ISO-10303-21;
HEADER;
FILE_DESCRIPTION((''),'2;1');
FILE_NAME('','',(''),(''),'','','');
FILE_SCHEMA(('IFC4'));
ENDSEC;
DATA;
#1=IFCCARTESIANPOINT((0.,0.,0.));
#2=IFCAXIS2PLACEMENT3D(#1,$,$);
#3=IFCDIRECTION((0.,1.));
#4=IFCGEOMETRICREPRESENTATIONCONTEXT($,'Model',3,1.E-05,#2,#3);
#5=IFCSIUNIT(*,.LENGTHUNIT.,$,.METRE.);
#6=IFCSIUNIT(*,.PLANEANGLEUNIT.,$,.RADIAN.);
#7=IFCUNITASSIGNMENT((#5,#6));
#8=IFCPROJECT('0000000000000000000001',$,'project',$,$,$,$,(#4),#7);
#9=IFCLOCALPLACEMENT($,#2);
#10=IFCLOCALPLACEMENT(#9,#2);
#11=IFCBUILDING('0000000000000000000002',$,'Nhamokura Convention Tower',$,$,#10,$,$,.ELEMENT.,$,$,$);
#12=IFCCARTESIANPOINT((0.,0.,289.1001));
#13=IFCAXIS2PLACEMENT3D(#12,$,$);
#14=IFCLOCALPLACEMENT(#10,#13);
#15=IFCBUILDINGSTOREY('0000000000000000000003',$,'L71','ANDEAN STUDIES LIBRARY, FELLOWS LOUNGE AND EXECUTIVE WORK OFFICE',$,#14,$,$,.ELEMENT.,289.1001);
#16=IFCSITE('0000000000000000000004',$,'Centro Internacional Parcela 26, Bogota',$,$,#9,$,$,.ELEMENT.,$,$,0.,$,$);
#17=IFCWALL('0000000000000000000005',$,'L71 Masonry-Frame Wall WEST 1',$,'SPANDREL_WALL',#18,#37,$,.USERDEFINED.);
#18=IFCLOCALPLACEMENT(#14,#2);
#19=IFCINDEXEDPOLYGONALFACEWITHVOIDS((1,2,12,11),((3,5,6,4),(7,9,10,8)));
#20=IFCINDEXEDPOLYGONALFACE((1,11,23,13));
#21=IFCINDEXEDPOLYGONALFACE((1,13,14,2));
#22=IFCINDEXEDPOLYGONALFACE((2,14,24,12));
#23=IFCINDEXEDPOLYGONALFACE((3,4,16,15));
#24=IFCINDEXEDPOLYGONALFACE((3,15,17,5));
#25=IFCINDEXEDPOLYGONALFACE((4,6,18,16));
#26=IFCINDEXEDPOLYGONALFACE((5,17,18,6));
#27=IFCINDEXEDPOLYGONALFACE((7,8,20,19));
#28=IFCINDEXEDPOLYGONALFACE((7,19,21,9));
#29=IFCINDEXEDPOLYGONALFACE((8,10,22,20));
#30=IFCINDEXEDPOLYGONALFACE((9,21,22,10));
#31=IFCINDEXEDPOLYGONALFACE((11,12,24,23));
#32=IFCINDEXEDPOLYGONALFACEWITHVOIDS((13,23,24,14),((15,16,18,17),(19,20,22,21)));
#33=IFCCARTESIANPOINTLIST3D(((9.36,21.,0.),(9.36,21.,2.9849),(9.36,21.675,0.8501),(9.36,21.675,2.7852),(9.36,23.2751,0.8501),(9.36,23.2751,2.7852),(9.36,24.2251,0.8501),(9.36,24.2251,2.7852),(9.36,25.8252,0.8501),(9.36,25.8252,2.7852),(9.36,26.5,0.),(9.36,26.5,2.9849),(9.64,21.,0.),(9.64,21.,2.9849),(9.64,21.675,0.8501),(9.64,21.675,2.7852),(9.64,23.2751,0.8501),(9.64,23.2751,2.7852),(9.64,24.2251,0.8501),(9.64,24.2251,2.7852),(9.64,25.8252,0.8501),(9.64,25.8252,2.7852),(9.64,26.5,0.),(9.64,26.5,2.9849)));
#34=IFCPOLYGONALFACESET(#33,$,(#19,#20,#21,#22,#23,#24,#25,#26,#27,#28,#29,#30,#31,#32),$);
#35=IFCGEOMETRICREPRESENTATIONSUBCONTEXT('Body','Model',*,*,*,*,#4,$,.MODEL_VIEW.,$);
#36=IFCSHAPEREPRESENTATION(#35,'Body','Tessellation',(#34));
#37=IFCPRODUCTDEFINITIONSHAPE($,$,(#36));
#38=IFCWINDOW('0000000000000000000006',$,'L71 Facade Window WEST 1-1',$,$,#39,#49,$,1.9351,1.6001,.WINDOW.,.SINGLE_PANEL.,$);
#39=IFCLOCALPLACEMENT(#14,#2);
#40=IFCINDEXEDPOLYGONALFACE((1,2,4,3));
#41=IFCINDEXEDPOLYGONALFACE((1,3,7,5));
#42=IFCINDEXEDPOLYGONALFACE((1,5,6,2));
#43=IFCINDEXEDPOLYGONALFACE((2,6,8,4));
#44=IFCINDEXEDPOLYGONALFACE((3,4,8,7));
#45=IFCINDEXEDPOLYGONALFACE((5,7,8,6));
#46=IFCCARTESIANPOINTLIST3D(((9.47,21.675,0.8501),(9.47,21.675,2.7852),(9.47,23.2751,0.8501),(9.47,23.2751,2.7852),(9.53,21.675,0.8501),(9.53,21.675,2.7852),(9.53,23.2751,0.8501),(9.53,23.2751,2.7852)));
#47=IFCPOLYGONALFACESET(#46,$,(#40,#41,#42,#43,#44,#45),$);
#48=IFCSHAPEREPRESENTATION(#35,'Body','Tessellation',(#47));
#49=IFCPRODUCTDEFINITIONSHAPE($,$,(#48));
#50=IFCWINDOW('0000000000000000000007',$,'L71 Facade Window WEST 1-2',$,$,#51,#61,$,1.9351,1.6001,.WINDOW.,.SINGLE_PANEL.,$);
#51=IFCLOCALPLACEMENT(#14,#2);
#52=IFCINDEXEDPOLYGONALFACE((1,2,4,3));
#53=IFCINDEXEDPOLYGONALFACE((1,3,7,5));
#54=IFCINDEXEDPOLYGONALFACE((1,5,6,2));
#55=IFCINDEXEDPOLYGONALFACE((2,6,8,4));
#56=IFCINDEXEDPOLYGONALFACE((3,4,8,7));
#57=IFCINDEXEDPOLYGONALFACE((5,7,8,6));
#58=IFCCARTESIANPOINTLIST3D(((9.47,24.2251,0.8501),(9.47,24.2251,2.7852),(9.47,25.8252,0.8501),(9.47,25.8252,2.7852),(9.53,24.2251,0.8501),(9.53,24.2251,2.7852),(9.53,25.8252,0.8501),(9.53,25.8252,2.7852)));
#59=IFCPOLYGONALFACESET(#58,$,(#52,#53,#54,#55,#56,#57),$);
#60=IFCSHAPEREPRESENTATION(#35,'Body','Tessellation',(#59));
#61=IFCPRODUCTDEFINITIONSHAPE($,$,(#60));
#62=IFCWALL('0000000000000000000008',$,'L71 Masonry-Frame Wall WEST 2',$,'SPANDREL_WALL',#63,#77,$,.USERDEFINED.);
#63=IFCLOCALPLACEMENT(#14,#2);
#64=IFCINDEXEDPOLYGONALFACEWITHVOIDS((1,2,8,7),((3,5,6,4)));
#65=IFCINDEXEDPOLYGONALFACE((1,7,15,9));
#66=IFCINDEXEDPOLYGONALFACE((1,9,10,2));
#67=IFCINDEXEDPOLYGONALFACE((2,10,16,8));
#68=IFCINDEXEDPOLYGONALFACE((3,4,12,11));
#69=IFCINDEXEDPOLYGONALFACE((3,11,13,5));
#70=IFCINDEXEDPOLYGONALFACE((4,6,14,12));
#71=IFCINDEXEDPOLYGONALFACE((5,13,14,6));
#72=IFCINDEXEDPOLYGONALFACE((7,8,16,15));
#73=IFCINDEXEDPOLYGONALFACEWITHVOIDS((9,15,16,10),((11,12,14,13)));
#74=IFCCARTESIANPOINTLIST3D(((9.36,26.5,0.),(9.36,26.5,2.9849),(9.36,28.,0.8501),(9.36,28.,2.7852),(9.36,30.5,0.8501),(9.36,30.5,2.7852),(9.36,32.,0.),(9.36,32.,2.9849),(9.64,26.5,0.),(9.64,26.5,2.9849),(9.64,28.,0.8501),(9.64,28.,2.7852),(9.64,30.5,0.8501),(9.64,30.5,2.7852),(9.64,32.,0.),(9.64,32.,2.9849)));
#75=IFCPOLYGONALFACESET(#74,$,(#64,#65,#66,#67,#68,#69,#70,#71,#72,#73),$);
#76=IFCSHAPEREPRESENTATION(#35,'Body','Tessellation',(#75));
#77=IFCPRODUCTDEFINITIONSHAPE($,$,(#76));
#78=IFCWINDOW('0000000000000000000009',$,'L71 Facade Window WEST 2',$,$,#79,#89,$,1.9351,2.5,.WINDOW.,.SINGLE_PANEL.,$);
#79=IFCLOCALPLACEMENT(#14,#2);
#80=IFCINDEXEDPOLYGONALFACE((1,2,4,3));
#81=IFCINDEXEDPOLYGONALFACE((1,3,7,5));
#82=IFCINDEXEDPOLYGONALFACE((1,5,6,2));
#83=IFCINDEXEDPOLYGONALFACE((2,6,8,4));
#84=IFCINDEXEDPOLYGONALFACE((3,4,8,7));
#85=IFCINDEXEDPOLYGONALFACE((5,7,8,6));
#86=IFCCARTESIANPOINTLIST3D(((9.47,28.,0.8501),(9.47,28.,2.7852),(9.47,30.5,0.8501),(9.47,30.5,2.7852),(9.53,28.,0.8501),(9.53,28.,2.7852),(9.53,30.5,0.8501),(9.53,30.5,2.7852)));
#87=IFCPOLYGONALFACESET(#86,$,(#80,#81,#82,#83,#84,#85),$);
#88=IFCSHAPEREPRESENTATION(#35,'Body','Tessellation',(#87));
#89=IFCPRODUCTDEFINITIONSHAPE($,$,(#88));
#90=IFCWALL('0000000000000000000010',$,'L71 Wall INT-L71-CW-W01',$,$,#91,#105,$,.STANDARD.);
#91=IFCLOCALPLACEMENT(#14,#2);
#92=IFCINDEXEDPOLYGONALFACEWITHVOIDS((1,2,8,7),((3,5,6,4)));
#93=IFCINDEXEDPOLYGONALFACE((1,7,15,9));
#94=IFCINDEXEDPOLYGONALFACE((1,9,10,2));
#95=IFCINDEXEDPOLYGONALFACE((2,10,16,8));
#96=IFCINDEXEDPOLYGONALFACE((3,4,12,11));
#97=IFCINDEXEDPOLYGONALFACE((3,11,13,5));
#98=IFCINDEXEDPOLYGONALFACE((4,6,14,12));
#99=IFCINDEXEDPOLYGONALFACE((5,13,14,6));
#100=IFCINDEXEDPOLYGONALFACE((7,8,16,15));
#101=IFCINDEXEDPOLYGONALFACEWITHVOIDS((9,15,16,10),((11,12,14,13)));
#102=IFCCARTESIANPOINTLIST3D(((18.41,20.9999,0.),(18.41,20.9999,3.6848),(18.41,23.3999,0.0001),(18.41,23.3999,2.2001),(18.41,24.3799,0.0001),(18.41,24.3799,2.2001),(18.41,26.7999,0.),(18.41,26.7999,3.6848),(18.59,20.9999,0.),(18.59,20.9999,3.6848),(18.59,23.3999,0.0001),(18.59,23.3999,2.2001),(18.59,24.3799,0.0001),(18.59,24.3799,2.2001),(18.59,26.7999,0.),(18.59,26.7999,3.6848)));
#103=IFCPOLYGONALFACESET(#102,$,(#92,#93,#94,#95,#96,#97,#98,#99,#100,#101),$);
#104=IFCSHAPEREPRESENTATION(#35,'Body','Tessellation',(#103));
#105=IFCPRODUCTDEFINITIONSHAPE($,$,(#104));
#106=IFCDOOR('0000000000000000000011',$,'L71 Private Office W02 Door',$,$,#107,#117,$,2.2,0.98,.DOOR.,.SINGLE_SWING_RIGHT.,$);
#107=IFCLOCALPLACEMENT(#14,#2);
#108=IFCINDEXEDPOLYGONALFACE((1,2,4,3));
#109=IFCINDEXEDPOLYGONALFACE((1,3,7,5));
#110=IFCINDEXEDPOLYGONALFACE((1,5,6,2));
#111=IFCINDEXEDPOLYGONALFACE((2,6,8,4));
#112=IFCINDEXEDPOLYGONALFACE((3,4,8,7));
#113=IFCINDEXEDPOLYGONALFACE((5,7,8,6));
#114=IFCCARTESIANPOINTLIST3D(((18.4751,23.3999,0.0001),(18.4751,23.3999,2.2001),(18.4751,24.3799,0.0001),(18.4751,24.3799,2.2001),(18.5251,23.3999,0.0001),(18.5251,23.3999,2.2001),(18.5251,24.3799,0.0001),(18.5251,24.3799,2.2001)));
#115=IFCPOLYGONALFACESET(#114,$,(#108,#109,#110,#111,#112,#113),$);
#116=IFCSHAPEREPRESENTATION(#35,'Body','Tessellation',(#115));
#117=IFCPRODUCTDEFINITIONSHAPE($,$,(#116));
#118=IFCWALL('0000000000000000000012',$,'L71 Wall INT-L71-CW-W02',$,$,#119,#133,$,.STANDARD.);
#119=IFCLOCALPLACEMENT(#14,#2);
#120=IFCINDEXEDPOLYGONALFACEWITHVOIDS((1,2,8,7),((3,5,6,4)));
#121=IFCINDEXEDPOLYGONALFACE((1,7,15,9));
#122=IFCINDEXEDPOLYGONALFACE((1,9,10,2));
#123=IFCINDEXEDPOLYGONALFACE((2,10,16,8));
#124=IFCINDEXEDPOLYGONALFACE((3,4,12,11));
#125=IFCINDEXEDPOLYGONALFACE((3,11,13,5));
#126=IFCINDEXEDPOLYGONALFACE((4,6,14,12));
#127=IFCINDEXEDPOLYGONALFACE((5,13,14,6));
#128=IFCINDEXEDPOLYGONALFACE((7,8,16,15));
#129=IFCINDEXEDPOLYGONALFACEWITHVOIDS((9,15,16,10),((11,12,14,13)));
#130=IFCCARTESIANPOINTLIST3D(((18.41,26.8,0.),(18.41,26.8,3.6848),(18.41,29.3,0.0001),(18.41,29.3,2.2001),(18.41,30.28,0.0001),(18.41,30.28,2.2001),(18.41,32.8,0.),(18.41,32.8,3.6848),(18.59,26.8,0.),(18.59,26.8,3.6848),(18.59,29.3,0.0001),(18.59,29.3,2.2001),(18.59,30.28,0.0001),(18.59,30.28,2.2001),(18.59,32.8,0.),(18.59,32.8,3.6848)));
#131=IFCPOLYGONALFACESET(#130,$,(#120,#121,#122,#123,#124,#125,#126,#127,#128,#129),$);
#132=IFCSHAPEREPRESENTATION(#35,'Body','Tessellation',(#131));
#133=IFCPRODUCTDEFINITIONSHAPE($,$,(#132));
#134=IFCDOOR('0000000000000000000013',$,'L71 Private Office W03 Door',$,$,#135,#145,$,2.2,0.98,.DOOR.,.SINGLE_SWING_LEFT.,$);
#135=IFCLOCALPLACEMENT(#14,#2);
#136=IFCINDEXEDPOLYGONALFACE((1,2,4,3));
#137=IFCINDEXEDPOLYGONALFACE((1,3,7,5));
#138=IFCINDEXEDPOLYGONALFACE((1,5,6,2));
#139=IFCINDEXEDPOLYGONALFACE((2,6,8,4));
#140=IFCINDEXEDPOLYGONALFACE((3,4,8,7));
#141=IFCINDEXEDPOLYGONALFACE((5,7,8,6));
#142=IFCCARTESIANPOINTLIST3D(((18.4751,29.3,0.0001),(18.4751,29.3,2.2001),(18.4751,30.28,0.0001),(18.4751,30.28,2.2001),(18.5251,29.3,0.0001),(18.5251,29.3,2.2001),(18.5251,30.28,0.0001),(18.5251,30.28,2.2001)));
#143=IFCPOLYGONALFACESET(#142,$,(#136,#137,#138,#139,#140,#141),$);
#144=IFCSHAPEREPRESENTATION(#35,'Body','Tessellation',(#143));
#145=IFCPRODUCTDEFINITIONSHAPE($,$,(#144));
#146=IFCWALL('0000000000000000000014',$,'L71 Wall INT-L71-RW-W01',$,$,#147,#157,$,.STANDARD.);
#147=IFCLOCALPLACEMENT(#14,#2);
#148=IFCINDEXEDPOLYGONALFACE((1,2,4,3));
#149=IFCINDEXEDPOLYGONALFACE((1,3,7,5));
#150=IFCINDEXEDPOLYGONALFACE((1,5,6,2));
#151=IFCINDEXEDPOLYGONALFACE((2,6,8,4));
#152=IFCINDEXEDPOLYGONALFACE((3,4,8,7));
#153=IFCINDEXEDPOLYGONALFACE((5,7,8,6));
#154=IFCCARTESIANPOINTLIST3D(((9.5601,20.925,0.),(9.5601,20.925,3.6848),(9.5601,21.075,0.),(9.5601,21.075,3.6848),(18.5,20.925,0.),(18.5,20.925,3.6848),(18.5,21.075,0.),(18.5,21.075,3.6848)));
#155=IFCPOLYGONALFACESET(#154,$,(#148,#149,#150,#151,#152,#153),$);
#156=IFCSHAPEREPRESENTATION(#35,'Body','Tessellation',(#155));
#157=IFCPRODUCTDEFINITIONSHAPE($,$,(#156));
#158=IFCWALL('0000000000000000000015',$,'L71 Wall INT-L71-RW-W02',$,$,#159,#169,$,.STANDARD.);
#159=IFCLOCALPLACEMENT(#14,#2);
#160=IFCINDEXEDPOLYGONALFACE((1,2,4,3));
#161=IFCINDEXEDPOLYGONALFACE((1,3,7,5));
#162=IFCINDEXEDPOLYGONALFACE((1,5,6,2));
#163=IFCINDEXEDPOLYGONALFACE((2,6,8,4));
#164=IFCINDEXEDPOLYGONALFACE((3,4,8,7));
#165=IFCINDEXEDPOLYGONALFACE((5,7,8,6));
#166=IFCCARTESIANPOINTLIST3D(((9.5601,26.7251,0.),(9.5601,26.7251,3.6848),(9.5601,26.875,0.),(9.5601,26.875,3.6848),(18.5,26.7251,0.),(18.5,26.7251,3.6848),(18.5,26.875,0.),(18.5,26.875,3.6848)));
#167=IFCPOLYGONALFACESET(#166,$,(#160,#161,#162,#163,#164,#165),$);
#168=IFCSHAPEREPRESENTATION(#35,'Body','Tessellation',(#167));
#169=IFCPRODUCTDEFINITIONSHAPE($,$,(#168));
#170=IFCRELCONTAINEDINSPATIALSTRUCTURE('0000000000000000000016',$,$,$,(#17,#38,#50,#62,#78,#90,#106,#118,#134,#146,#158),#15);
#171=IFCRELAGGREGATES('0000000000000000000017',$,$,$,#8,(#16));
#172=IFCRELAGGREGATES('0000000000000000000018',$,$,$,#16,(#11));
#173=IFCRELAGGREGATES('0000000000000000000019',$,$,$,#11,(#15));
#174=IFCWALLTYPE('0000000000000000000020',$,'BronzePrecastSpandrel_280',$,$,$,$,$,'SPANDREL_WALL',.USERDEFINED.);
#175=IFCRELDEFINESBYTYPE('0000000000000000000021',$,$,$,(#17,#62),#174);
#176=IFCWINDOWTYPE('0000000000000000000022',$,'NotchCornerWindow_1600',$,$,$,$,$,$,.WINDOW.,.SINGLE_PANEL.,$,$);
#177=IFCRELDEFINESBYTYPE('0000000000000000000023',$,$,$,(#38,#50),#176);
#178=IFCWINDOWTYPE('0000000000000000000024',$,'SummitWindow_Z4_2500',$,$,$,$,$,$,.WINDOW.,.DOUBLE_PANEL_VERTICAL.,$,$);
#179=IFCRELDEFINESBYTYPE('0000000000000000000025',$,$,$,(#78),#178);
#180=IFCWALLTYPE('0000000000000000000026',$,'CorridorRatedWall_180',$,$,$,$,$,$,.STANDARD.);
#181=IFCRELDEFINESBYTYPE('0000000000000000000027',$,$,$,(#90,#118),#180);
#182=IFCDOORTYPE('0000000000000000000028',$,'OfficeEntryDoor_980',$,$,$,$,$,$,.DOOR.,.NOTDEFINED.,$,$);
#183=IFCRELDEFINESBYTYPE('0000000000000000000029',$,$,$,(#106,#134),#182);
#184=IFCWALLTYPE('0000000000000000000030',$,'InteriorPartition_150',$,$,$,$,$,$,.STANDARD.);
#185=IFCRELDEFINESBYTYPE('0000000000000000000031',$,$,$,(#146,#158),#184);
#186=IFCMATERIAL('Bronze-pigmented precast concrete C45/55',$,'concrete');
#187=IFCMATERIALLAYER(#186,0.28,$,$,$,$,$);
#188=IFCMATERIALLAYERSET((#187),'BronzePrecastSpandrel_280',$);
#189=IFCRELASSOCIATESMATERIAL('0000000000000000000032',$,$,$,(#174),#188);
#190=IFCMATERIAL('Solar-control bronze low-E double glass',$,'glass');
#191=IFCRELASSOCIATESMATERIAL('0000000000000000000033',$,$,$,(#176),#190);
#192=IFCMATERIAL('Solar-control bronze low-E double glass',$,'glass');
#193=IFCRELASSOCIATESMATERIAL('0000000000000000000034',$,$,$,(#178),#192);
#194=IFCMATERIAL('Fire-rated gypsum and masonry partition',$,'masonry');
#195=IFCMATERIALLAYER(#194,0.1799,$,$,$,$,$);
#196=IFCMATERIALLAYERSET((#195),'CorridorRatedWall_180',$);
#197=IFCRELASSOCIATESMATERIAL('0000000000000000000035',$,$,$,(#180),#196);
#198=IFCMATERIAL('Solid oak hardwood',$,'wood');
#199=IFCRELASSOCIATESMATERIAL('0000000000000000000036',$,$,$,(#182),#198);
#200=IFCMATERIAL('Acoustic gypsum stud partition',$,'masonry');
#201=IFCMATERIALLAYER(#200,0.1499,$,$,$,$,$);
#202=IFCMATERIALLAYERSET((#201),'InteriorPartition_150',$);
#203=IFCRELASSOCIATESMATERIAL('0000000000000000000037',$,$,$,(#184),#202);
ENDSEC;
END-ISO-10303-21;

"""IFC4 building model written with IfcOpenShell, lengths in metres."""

from ifc_helpers import new_model, si_unit, direction, frame, frame_2d, origin, place, context, subcontext, project, spatial, rectangle, extrude, material, layer, layer_set, type_object, element, fill, save


model = new_model("IFC4")

# Units and contexts
model_context = context("Model", 3, precision=1e-05, world=origin(), true_north=direction((0.0, 1.0)))
body_context = subcontext(model_context, "Body", "Model", "MODEL_VIEW")
ifc_project = project(units=[si_unit("LENGTHUNIT", "METRE"), si_unit("PLANEANGLEUNIT", "RADIAN")], contexts=[model_context])

# Site, building, storey
site_placement = place(None, origin())
site = spatial("IfcSite", under=ifc_project, at=site_placement, Name="Centro Internacional Parcela 26, Bogota", CompositionType="ELEMENT", RefElevation=0.0)
building_placement = place(site_placement, origin())
building = spatial("IfcBuilding", under=site, at=building_placement, Name="Nhamokura Convention Tower", CompositionType="ELEMENT")
storey_placement = place(building_placement, frame((0.0, 0.0, 289.1001)))
storey = spatial("IfcBuildingStorey", under=building, at=storey_placement, Name="L71", Description="ANDEAN STUDIES LIBRARY, FELLOWS LOUNGE AND EXECUTIVE WORK OFFICE", CompositionType="ELEMENT", Elevation=289.1001)

# Wall, openings, windows
ifc_material_1 = material(Name="Bronze-pigmented precast concrete C45/55", Category="concrete")
ifc_layer_1 = layer(ifc_material_1, 0.28)
ifc_layer_set_1 = layer_set([ifc_layer_1], Name="BronzePrecastSpandrel_280")
wall_type_1 = type_object("IfcWallType", Name="BronzePrecastSpandrel_280", ElementType="SPANDREL_WALL", PredefinedType="USERDEFINED", material=ifc_layer_set_1)
wall_1_placement = place(storey_placement, frame((9.5, 21.0, 0.0), z_axis=(0.0, 0.0, 1.0), x_axis=(0.0, 1.0, 0.0)))
wall_1 = element("IfcWall", 1, at=wall_1_placement, inside=storey, type_object=wall_type_1, Name="L71 Masonry-Frame Wall WEST 1", ObjectType="SPANDREL_WALL", PredefinedType="USERDEFINED", context=body_context, shape_type="SweptSolid", body=[
    extrude(rectangle(XDim=5.5, YDim=0.28, at=frame_2d((2.75, 0.0))), origin(), (0.0, 0.0, 1.0), 2.9849),
])
opening_1_placement = place(wall_1_placement, frame((0.675, 0.0, 0.8501)))
opening_1 = element("IfcOpeningElement", 2, at=opening_1_placement, cuts=wall_1, PredefinedType="OPENING", context=body_context, shape_type="SweptSolid", body=[
    extrude(rectangle(XDim=1.6001, YDim=1.9351, at=frame_2d((0.8, 0.9675))), frame((0.0, 0.1499, 0.0), z_axis=(0.0, -1.0, 0.0), x_axis=(1.0, 0.0, 0.0)), (0.0, 0.0, 1.0), 0.3),
])
opening_2_placement = place(wall_1_placement, frame((3.2251, 0.0, 0.8501)))
opening_2 = element("IfcOpeningElement", 3, at=opening_2_placement, cuts=wall_1, PredefinedType="OPENING", context=body_context, shape_type="SweptSolid", body=[
    extrude(rectangle(XDim=1.6001, YDim=1.9351, at=frame_2d((0.8, 0.9675))), frame((0.0, 0.1499, 0.0), z_axis=(0.0, -1.0, 0.0), x_axis=(1.0, 0.0, 0.0)), (0.0, 0.0, 1.0), 0.3),
])
ifc_material_2 = material(Name="Solar-control bronze low-E double glass", Category="glass")
window_type_1 = type_object("IfcWindowType", Name="NotchCornerWindow_1600", PartitioningType="SINGLE_PANEL", PredefinedType="WINDOW", material=ifc_material_2)
window_1_placement = place(opening_1_placement, origin())
window_1 = element("IfcWindow", 4, at=window_1_placement, inside=storey, type_object=window_type_1, Name="L71 Facade Window WEST 1-1", OverallHeight=1.9351, OverallWidth=1.6001, PartitioningType="SINGLE_PANEL", PredefinedType="WINDOW", context=body_context, shape_type="SweptSolid", body=[
    extrude(rectangle(XDim=1.6001, YDim=1.9351, at=frame_2d((0.8, 0.9675))), frame((0.0, 0.03, 0.0), z_axis=(0.0, -1.0, 0.0), x_axis=(1.0, 0.0, 0.0)), (0.0, 0.0, 1.0), 0.0601),
])
fill(opening_1, window_1)
window_2_placement = place(opening_2_placement, origin())
window_2 = element("IfcWindow", 5, at=window_2_placement, inside=storey, type_object=window_type_1, Name="L71 Facade Window WEST 1-2", OverallHeight=1.9351, OverallWidth=1.6001, PartitioningType="SINGLE_PANEL", PredefinedType="WINDOW", context=body_context, shape_type="SweptSolid", body=[
    extrude(rectangle(XDim=1.6001, YDim=1.9351, at=frame_2d((0.8, 0.9675))), frame((0.0, 0.03, 0.0), z_axis=(0.0, -1.0, 0.0), x_axis=(1.0, 0.0, 0.0)), (0.0, 0.0, 1.0), 0.0601),
])
fill(opening_2, window_2)

# Wall, opening, window
wall_2_placement = place(storey_placement, frame((9.5, 26.5, 0.0), z_axis=(0.0, 0.0, 1.0), x_axis=(0.0, 1.0, 0.0)))
wall_2 = element("IfcWall", 6, at=wall_2_placement, inside=storey, type_object=wall_type_1, Name="L71 Masonry-Frame Wall WEST 2", ObjectType="SPANDREL_WALL", PredefinedType="USERDEFINED", context=body_context, shape_type="SweptSolid", body=[
    extrude(rectangle(XDim=5.5, YDim=0.28, at=frame_2d((2.75, 0.0))), origin(), (0.0, 0.0, 1.0), 2.9849),
])
opening_3_placement = place(wall_2_placement, frame((1.5, 0.0, 0.8501)))
opening_3 = element("IfcOpeningElement", 7, at=opening_3_placement, cuts=wall_2, PredefinedType="OPENING", context=body_context, shape_type="SweptSolid", body=[
    extrude(rectangle(XDim=2.5, YDim=1.9351, at=frame_2d((1.25, 0.9675))), frame((0.0, 0.1499, 0.0), z_axis=(0.0, -1.0, 0.0), x_axis=(1.0, 0.0, 0.0)), (0.0, 0.0, 1.0), 0.3),
])
ifc_material_3 = material(Name="Solar-control bronze low-E double glass", Category="glass")
window_type_2 = type_object("IfcWindowType", Name="SummitWindow_Z4_2500", PartitioningType="DOUBLE_PANEL_VERTICAL", PredefinedType="WINDOW", material=ifc_material_3)
window_3_placement = place(opening_3_placement, origin())
window_3 = element("IfcWindow", 8, at=window_3_placement, inside=storey, type_object=window_type_2, Name="L71 Facade Window WEST 2", OverallHeight=1.9351, OverallWidth=2.5, PartitioningType="SINGLE_PANEL", PredefinedType="WINDOW", context=body_context, shape_type="SweptSolid", body=[
    extrude(rectangle(XDim=2.5, YDim=1.9351, at=frame_2d((1.25, 0.9675))), frame((0.0, 0.03, 0.0), z_axis=(0.0, -1.0, 0.0), x_axis=(1.0, 0.0, 0.0)), (0.0, 0.0, 1.0), 0.0601),
])
fill(opening_3, window_3)

# Walls, openings, doors
ifc_material_4 = material(Name="Fire-rated gypsum and masonry partition", Category="masonry")
ifc_layer_2 = layer(ifc_material_4, 0.1799)
ifc_layer_set_2 = layer_set([ifc_layer_2], Name="CorridorRatedWall_180")
wall_type_2 = type_object("IfcWallType", Name="CorridorRatedWall_180", PredefinedType="STANDARD", material=ifc_layer_set_2)
wall_3_placement = place(storey_placement, frame((18.5, 21.0, 0.0), z_axis=(0.0, 0.0, 1.0), x_axis=(0.0, 1.0, 0.0)))
wall_3 = element("IfcWall", 9, at=wall_3_placement, inside=storey, type_object=wall_type_2, Name="L71 Wall INT-L71-CW-W01", PredefinedType="STANDARD", context=body_context, shape_type="SweptSolid", body=[
    extrude(rectangle(XDim=5.8, YDim=0.1799, at=frame_2d((2.8999, 0.0))), origin(), (0.0, 0.0, 1.0), 3.6848),
])
opening_4_placement = place(wall_3_placement, frame((2.3999, 0.0, 0.0)))
opening_4 = element("IfcOpeningElement", 10, at=opening_4_placement, cuts=wall_3, PredefinedType="OPENING", context=body_context, shape_type="SweptSolid", body=[
    extrude(rectangle(XDim=0.98, YDim=2.2, at=frame_2d((0.49, 1.1001))), frame((0.0, 0.0999, 0.0), z_axis=(0.0, -1.0, 0.0), x_axis=(1.0, 0.0, 0.0)), (0.0, 0.0, 1.0), 0.2),
])
ifc_material_5 = material(Name="Solid oak hardwood", Category="wood")
door_type = type_object("IfcDoorType", Name="OfficeEntryDoor_980", OperationType="NOTDEFINED", PredefinedType="DOOR", material=ifc_material_5)
door_1_placement = place(opening_4_placement, origin())
door_1 = element("IfcDoor", 11, at=door_1_placement, inside=storey, type_object=door_type, Name="L71 Private Office W02 Door", OperationType="SINGLE_SWING_RIGHT", OverallHeight=2.2, OverallWidth=0.98, PredefinedType="DOOR", context=body_context, shape_type="SweptSolid", body=[
    extrude(rectangle(XDim=0.98, YDim=2.2, at=frame_2d((0.49, 1.1001))), frame((0.0, 0.0249, 0.0), z_axis=(0.0, -1.0, 0.0), x_axis=(1.0, 0.0, 0.0)), (0.0, 0.0, 1.0), 0.05),
])
fill(opening_4, door_1)
wall_4_placement = place(storey_placement, frame((18.5, 26.8, 0.0), z_axis=(0.0, 0.0, 1.0), x_axis=(0.0, 1.0, 0.0)))
wall_4 = element("IfcWall", 12, at=wall_4_placement, inside=storey, type_object=wall_type_2, Name="L71 Wall INT-L71-CW-W02", PredefinedType="STANDARD", context=body_context, shape_type="SweptSolid", body=[
    extrude(rectangle(XDim=6.0, YDim=0.1799, at=frame_2d((3.0, 0.0))), origin(), (0.0, 0.0, 1.0), 3.6848),
])
opening_5_placement = place(wall_4_placement, frame((2.5, 0.0, 0.0)))
opening_5 = element("IfcOpeningElement", 13, at=opening_5_placement, cuts=wall_4, PredefinedType="OPENING", context=body_context, shape_type="SweptSolid", body=[
    extrude(rectangle(XDim=0.98, YDim=2.2, at=frame_2d((0.49, 1.1001))), frame((0.0, 0.0999, 0.0), z_axis=(0.0, -1.0, 0.0), x_axis=(1.0, 0.0, 0.0)), (0.0, 0.0, 1.0), 0.2),
])
door_2_placement = place(opening_5_placement, origin())
door_2 = element("IfcDoor", 14, at=door_2_placement, inside=storey, type_object=door_type, Name="L71 Private Office W03 Door", OperationType="SINGLE_SWING_LEFT", OverallHeight=2.2, OverallWidth=0.98, PredefinedType="DOOR", context=body_context, shape_type="SweptSolid", body=[
    extrude(rectangle(XDim=0.98, YDim=2.2, at=frame_2d((0.49, 1.1001))), frame((0.0, 0.0249, 0.0), z_axis=(0.0, -1.0, 0.0), x_axis=(1.0, 0.0, 0.0)), (0.0, 0.0, 1.0), 0.05),
])
fill(opening_5, door_2)

# Walls
ifc_material_6 = material(Name="Acoustic gypsum stud partition", Category="masonry")
ifc_layer_3 = layer(ifc_material_6, 0.1499)
ifc_layer_set_3 = layer_set([ifc_layer_3], Name="InteriorPartition_150")
wall_type_3 = type_object("IfcWallType", Name="InteriorPartition_150", PredefinedType="STANDARD", material=ifc_layer_set_3)
for number, where, z_axis, x_axis, name in (
    (15, (9.5601, 21.0, 0.0), (0.0, 0.0, 1.0), (1.0, 0.0, 0.0), "L71 Wall INT-L71-RW-W01"),
    (16, (9.5601, 26.8, 0.0), (0.0, 0.0, 1.0), (1.0, 0.0, 0.0), "L71 Wall INT-L71-RW-W02"),
):
    element("IfcWall", number, at=place(storey_placement, frame(where, z_axis=z_axis, x_axis=x_axis)), inside=storey, type_object=wall_type_3, Name=name, PredefinedType="STANDARD", context=body_context, shape_type="SweptSolid", body=[
        extrude(rectangle(XDim=8.9399, YDim=0.1499, at=frame_2d((4.47, 0.0))), origin(), (0.0, 0.0, 1.0), 3.6848),
    ])

save(model, "model.ifc")
